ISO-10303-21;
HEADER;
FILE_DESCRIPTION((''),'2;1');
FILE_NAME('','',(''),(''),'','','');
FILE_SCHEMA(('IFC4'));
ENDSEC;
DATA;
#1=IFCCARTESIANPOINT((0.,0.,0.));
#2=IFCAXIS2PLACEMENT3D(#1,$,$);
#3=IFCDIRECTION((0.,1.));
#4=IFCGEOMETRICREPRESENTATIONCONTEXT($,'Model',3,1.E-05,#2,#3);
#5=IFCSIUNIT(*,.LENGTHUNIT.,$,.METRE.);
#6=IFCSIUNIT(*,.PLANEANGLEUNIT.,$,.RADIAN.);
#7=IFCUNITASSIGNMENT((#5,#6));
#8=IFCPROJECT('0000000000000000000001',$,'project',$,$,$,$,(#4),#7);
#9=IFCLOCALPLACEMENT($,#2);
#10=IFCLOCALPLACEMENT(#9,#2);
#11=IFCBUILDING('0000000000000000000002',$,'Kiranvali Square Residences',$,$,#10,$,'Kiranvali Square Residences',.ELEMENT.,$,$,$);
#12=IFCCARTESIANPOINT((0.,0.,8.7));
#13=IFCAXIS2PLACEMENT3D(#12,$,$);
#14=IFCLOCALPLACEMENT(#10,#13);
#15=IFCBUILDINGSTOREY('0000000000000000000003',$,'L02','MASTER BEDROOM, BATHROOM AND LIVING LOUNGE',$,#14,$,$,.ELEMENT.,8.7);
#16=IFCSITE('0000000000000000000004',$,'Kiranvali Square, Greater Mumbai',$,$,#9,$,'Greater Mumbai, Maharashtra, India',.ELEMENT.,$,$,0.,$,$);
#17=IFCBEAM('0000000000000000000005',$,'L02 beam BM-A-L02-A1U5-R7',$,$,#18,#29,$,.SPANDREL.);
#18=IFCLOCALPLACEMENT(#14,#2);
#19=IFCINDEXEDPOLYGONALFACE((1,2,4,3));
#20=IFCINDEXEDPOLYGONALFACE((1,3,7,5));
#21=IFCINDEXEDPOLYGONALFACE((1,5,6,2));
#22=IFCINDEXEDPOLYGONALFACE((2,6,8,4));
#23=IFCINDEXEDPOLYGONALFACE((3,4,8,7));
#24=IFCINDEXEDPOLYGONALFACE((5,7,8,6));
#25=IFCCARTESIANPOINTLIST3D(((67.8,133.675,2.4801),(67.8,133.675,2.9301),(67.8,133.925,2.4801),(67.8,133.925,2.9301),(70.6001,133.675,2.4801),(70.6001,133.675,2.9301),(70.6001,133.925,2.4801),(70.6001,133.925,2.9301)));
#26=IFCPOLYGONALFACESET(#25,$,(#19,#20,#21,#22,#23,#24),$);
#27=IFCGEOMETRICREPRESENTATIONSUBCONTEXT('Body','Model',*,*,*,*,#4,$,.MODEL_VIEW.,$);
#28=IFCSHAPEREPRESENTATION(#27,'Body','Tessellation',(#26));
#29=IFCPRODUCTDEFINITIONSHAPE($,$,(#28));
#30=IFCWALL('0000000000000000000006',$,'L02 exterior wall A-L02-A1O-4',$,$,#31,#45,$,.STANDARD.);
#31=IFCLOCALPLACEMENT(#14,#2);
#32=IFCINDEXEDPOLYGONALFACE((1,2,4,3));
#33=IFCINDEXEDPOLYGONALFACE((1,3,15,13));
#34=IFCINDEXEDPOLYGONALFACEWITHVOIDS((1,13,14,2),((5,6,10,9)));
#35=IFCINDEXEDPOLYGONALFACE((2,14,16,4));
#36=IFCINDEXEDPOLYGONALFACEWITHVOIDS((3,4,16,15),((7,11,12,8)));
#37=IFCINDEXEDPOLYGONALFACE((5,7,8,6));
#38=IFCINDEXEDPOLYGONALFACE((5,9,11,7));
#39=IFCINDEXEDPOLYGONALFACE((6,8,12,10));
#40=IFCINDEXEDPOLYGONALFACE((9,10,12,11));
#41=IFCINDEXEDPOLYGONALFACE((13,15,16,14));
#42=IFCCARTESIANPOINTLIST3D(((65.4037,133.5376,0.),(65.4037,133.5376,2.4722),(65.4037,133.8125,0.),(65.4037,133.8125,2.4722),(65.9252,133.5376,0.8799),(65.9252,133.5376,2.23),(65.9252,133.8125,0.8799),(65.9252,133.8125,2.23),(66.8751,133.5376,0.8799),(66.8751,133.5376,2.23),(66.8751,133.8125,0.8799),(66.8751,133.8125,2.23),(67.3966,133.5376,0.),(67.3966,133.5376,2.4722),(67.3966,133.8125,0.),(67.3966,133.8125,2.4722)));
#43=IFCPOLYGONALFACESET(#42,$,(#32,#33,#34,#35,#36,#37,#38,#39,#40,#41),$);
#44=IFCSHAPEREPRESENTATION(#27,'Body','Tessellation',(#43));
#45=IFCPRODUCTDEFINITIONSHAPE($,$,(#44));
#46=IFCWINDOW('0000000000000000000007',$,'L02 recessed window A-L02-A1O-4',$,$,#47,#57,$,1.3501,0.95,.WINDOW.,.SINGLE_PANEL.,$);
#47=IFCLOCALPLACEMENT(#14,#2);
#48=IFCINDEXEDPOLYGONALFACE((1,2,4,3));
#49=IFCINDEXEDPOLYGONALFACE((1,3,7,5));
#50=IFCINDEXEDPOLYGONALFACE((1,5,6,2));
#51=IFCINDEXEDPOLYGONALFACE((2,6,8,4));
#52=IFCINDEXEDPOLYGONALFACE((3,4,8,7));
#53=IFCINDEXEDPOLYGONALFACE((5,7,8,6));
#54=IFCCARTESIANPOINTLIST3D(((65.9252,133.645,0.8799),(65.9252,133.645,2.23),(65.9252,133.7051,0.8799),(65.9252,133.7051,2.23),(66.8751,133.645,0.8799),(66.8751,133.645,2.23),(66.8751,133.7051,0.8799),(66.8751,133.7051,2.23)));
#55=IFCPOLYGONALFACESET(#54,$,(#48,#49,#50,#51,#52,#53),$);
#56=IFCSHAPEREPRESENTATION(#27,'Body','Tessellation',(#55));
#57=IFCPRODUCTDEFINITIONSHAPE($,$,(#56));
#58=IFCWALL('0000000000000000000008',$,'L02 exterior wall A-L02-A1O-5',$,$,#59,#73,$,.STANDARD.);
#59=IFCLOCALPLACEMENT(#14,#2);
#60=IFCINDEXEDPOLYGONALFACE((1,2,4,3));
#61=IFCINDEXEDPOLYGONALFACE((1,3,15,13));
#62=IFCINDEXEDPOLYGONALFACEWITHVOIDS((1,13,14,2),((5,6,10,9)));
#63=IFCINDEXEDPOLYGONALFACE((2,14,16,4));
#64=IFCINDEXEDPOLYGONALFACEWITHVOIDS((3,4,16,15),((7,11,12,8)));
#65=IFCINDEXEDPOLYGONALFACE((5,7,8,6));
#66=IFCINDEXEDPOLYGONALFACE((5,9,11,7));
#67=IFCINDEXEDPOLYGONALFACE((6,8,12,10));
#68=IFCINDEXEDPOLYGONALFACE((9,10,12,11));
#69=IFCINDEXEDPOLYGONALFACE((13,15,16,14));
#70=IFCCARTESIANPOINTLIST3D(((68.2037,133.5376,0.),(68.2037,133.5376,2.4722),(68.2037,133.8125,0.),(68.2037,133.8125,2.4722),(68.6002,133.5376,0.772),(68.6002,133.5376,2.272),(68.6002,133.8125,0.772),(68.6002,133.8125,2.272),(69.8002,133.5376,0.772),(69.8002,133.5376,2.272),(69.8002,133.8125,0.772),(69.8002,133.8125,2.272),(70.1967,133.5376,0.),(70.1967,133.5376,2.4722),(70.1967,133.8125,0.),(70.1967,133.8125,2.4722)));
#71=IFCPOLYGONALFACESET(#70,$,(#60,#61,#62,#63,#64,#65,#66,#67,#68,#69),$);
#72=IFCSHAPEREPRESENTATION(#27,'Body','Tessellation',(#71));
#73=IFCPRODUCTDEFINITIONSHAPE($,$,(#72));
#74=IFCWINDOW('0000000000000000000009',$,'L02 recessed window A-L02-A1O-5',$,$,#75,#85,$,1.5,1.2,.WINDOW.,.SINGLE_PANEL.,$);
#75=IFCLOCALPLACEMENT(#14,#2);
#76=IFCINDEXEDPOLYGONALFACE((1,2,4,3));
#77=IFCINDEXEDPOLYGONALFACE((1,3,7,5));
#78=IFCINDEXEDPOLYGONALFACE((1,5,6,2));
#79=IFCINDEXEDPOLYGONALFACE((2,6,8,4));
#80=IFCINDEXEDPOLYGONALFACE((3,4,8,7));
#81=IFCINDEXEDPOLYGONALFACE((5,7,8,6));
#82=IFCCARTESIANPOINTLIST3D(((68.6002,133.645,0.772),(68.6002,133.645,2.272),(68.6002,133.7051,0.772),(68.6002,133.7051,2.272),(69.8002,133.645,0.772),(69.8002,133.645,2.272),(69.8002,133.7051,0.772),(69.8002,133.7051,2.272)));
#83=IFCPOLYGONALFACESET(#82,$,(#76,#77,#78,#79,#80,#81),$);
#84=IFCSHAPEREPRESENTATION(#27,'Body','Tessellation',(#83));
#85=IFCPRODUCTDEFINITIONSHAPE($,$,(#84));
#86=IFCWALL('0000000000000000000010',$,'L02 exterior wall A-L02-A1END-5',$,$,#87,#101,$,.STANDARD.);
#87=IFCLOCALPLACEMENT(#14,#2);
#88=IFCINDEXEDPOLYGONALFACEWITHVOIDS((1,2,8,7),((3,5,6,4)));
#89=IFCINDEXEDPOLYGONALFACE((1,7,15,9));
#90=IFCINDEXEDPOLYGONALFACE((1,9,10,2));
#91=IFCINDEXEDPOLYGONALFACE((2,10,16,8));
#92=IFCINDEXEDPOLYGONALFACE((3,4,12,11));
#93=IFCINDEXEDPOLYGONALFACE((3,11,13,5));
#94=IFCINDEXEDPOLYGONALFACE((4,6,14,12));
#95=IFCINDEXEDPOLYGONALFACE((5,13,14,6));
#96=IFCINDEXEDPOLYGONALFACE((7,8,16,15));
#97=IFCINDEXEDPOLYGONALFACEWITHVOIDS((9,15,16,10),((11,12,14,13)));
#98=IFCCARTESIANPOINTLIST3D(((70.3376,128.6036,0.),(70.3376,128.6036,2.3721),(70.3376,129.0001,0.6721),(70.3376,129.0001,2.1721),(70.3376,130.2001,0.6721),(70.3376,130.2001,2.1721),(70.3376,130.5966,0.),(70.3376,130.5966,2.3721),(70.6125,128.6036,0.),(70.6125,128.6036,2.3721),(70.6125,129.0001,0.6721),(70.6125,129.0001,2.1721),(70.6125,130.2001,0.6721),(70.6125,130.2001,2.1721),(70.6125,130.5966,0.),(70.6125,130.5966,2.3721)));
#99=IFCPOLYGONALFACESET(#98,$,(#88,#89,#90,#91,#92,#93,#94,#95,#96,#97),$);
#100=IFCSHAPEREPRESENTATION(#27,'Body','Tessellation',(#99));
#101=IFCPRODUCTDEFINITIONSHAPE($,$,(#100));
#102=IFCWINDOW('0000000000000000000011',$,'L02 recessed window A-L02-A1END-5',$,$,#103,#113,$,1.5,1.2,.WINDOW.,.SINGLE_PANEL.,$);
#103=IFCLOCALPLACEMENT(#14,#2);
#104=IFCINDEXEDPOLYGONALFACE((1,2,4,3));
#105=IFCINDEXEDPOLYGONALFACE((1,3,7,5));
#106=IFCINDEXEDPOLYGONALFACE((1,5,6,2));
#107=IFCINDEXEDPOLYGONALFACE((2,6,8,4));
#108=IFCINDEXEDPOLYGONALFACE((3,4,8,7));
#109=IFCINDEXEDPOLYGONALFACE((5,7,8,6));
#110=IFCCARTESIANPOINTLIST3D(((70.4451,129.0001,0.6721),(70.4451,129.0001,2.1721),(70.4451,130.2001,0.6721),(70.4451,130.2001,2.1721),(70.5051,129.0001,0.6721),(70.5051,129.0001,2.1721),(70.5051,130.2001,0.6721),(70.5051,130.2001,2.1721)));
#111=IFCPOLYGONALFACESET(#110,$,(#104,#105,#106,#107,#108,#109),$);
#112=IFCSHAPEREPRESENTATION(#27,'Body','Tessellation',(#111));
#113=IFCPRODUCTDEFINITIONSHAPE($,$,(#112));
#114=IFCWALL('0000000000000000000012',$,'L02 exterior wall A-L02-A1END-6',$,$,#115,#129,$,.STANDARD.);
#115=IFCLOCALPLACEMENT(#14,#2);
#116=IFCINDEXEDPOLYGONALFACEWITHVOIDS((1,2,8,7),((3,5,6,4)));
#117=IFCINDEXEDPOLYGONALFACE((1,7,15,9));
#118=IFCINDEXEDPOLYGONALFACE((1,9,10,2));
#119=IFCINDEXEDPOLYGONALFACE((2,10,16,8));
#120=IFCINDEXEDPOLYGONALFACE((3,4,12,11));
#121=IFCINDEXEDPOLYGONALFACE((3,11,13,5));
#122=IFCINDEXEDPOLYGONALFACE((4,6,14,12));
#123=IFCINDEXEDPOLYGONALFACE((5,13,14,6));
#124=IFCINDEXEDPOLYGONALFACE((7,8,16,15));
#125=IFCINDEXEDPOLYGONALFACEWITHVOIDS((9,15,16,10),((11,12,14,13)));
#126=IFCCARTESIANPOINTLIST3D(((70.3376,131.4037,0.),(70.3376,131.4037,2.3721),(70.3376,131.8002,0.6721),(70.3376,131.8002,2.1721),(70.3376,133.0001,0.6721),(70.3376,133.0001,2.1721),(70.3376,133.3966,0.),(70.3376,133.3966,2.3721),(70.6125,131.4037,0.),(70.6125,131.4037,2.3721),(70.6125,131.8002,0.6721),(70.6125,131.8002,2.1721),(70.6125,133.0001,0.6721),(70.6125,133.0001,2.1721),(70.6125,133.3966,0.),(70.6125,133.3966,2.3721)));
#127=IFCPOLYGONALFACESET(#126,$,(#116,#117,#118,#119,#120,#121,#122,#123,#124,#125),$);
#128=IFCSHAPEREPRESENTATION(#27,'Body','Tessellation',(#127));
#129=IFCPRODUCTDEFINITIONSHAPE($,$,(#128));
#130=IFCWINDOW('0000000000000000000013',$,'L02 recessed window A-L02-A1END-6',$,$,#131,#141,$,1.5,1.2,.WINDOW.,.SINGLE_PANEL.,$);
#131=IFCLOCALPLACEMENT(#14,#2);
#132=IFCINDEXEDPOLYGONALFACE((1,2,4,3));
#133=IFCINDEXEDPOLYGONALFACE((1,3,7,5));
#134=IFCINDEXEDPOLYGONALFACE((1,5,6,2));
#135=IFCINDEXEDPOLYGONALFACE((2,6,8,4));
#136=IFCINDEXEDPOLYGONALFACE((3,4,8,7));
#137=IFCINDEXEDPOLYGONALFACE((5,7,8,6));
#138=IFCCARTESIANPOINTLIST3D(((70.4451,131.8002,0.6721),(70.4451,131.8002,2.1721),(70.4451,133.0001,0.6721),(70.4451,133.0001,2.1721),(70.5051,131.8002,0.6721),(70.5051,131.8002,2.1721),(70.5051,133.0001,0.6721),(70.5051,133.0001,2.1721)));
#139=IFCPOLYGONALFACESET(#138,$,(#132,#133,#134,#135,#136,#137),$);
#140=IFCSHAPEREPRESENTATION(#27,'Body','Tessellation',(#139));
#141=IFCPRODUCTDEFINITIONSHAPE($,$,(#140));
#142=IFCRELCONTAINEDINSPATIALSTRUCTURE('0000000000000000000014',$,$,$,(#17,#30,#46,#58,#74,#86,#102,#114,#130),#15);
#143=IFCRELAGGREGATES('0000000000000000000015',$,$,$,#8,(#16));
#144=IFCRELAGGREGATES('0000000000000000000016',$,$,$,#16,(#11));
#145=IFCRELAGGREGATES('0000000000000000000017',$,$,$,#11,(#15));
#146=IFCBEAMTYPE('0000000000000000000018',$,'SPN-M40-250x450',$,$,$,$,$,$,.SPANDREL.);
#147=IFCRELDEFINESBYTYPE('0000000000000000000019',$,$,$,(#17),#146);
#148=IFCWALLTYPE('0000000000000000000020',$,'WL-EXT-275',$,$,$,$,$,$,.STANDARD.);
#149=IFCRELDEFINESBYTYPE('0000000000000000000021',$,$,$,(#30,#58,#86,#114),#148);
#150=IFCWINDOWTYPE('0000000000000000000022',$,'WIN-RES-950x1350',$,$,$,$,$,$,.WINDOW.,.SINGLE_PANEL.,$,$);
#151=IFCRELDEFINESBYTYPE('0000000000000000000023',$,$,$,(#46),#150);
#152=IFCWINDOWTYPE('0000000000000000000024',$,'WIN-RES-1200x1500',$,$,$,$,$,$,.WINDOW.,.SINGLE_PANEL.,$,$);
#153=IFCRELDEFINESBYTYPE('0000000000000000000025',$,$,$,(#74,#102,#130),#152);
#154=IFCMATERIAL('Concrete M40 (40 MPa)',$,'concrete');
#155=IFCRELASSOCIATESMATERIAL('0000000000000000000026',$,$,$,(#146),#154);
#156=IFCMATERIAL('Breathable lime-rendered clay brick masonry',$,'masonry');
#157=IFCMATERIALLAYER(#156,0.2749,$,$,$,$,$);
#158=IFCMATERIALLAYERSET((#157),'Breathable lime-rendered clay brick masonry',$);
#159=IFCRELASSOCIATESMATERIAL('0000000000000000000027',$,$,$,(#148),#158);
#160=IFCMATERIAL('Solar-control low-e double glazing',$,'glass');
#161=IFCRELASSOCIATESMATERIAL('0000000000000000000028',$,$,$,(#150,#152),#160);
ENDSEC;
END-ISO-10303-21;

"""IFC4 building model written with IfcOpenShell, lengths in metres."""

from ifc_helpers import new_model, si_unit, direction, frame, frame_2d, origin, origin_2d, place, context, subcontext, project, spatial, rectangle, extrude, material, layer, layer_set, material_profile, profile_set, type_object, element, fill, save


model = new_model("IFC4")

# Units and contexts
model_context = context("Model", 3, precision=1e-05, world=origin(), true_north=direction((0.0, 1.0)))
body_context = subcontext(model_context, "Body", "Model", "MODEL_VIEW")
ifc_project = project(units=[si_unit("LENGTHUNIT", "METRE"), si_unit("PLANEANGLEUNIT", "RADIAN")], contexts=[model_context])

# Site, building, storey
site_placement = place(None, origin())
site = spatial("IfcSite", under=ifc_project, at=site_placement, Name="Kiranvali Square, Greater Mumbai", LongName="Greater Mumbai, Maharashtra, India", CompositionType="ELEMENT", RefElevation=0.0)
building_placement = place(site_placement, origin())
building = spatial("IfcBuilding", under=site, at=building_placement, Name="Kiranvali Square Residences", LongName="Kiranvali Square Residences", CompositionType="ELEMENT")
storey_placement = place(building_placement, frame((0.0, 0.0, 8.7)))
storey = spatial("IfcBuildingStorey", under=building, at=storey_placement, Name="L02", Description="MASTER BEDROOM, BATHROOM AND LIVING LOUNGE", CompositionType="ELEMENT", Elevation=8.7)

# Beam
ifc_material_1 = material(Name="Concrete M40 (40 MPa)", Category="concrete")
ifc_material_profile_1 = material_profile(ifc_material_1, rectangle(XDim=0.25, YDim=0.45, at=origin_2d()), Name="RC 250x450")
ifc_profile_set_1 = profile_set([ifc_material_profile_1], Name="Concrete M40 (40 MPa)")
beam_type_1 = type_object("IfcBeamType", Name="SPN-M40-250x450", PredefinedType="SPANDREL", material=ifc_profile_set_1)
for number, where, z_axis, x_axis, name in (
    (1, (67.8, 133.8, 2.7051), (1.0, 0.0, 0.0), (0.0, 1.0, 0.0), "L02 beam BM-A-L02-A1U5-R7"),
):
    element("IfcBeam", number, at=place(storey_placement, frame(where, z_axis=z_axis, x_axis=x_axis)), inside=storey, type_object=beam_type_1, Name=name, PredefinedType="SPANDREL", context=body_context, shape_type="SweptSolid", body=[
        extrude(rectangle(XDim=0.25, YDim=0.45, at=origin_2d()), origin(), (0.0, 0.0, 1.0), 2.8),
    ])

# Walls, openings, windows
ifc_material_2 = material(Name="Breathable lime-rendered clay brick masonry", Category="masonry")
ifc_layer = layer(ifc_material_2, 0.2749)
ifc_layer_set = layer_set([ifc_layer], Name="Breathable lime-rendered clay brick masonry")
wall_type = type_object("IfcWallType", Name="WL-EXT-275", PredefinedType="STANDARD", material=ifc_layer_set)
wall_1_placement = place(storey_placement, frame((65.4036, 133.675, 0.0), z_axis=(0.0, 0.0, 1.0), x_axis=(1.0, 0.0, 0.0)))
wall_1 = element("IfcWall", 2, at=wall_1_placement, inside=storey, type_object=wall_type, Name="L02 exterior wall A-L02-A1O-4", PredefinedType="STANDARD", context=body_context, shape_type="SweptSolid", body=[
    extrude(rectangle(XDim=1.9929, YDim=0.2749, at=frame_2d((0.9966, 0.0))), origin(), (0.0, 0.0, 1.0), 2.4722),
])
opening_1_placement = place(wall_1_placement, frame((0.5215, 0.0, 0.8799)))
opening_1 = element("IfcOpeningElement", 3, at=opening_1_placement, cuts=wall_1, PredefinedType="OPENING", context=body_context, shape_type="SweptSolid", body=[
    extrude(rectangle(XDim=0.95, YDim=1.3501, at=frame_2d((0.4751, 0.675))), frame((0.0, 0.1475, 0.0), z_axis=(0.0, -1.0, 0.0), x_axis=(1.0, 0.0, 0.0)), (0.0, 0.0, 1.0), 0.2949),
])
ifc_material_3 = material(Name="Solar-control low-e double glazing", Category="glass")
window_type_1 = type_object("IfcWindowType", Name="WIN-RES-950x1350", PartitioningType="SINGLE_PANEL", PredefinedType="WINDOW", material=ifc_material_3)
window_1_placement = place(opening_1_placement, origin())
window_1 = element("IfcWindow", 4, at=window_1_placement, inside=storey, type_object=window_type_1, Name="L02 recessed window A-L02-A1O-4", OverallHeight=1.3501, OverallWidth=0.95, PartitioningType="SINGLE_PANEL", PredefinedType="WINDOW", context=body_context, shape_type="SweptSolid", body=[
    extrude(rectangle(XDim=0.95, YDim=1.3501, at=frame_2d((0.4751, 0.675))), frame((0.0, 0.03, 0.0), z_axis=(0.0, -1.0, 0.0), x_axis=(1.0, 0.0, 0.0)), (0.0, 0.0, 1.0), 0.0601),
])
fill(opening_1, window_1)
wall_2_placement = place(storey_placement, frame((68.2036, 133.675, 0.0), z_axis=(0.0, 0.0, 1.0), x_axis=(1.0, 0.0, 0.0)))
wall_2 = element("IfcWall", 5, at=wall_2_placement, inside=storey, type_object=wall_type, Name="L02 exterior wall A-L02-A1O-5", PredefinedType="STANDARD", context=body_context, shape_type="SweptSolid", body=[
    extrude(rectangle(XDim=1.9929, YDim=0.2749, at=frame_2d((0.9966, 0.0))), origin(), (0.0, 0.0, 1.0), 2.4722),
])
opening_2_placement = place(wall_2_placement, frame((0.3965, 0.0, 0.772)))
opening_2 = element("IfcOpeningElement", 6, at=opening_2_placement, cuts=wall_2, PredefinedType="OPENING", context=body_context, shape_type="SweptSolid", body=[
    extrude(rectangle(XDim=1.2, YDim=1.5, at=frame_2d((0.6001, 0.75))), frame((0.0, 0.1475, 0.0), z_axis=(0.0, -1.0, 0.0), x_axis=(1.0, 0.0, 0.0)), (0.0, 0.0, 1.0), 0.2949),
])
window_type_2 = type_object("IfcWindowType", Name="WIN-RES-1200x1500", PartitioningType="SINGLE_PANEL", PredefinedType="WINDOW", material=ifc_material_3)
window_2_placement = place(opening_2_placement, origin())
window_2 = element("IfcWindow", 7, at=window_2_placement, inside=storey, type_object=window_type_2, Name="L02 recessed window A-L02-A1O-5", OverallHeight=1.5, OverallWidth=1.2, PartitioningType="SINGLE_PANEL", PredefinedType="WINDOW", context=body_context, shape_type="SweptSolid", body=[
    extrude(rectangle(XDim=1.2, YDim=1.5, at=frame_2d((0.6001, 0.75))), frame((0.0, 0.03, 0.0), z_axis=(0.0, -1.0, 0.0), x_axis=(1.0, 0.0, 0.0)), (0.0, 0.0, 1.0), 0.0601),
])
fill(opening_2, window_2)
wall_3_placement = place(storey_placement, frame((70.4751, 128.6035, 0.0), z_axis=(0.0, 0.0, 1.0), x_axis=(0.0, 1.0, 0.0)))
wall_3 = element("IfcWall", 8, at=wall_3_placement, inside=storey, type_object=wall_type, Name="L02 exterior wall A-L02-A1END-5", PredefinedType="STANDARD", context=body_context, shape_type="SweptSolid", body=[
    extrude(rectangle(XDim=1.9929, YDim=0.2749, at=frame_2d((0.9966, 0.0))), origin(), (0.0, 0.0, 1.0), 2.3721),
])
opening_3_placement = place(wall_3_placement, frame((0.3965, 0.0, 0.6721)))
opening_3 = element("IfcOpeningElement", 9, at=opening_3_placement, cuts=wall_3, PredefinedType="OPENING", context=body_context, shape_type="SweptSolid", body=[
    extrude(rectangle(XDim=1.2, YDim=1.5, at=frame_2d((0.6001, 0.75))), frame((0.0, 0.1475, 0.0), z_axis=(0.0, -1.0, 0.0), x_axis=(1.0, 0.0, 0.0)), (0.0, 0.0, 1.0), 0.2949),
])
window_3_placement = place(opening_3_placement, origin())
window_3 = element("IfcWindow", 10, at=window_3_placement, inside=storey, type_object=window_type_2, Name="L02 recessed window A-L02-A1END-5", OverallHeight=1.5, OverallWidth=1.2, PartitioningType="SINGLE_PANEL", PredefinedType="WINDOW", context=body_context, shape_type="SweptSolid", body=[
    extrude(rectangle(XDim=1.2, YDim=1.5, at=frame_2d((0.6001, 0.75))), frame((0.0, 0.03, 0.0), z_axis=(0.0, -1.0, 0.0), x_axis=(1.0, 0.0, 0.0)), (0.0, 0.0, 1.0), 0.0601),
])
fill(opening_3, window_3)
wall_4_placement = place(storey_placement, frame((70.4751, 131.4036, 0.0), z_axis=(0.0, 0.0, 1.0), x_axis=(0.0, 1.0, 0.0)))
wall_4 = element("IfcWall", 11, at=wall_4_placement, inside=storey, type_object=wall_type, Name="L02 exterior wall A-L02-A1END-6", PredefinedType="STANDARD", context=body_context, shape_type="SweptSolid", body=[
    extrude(rectangle(XDim=1.9929, YDim=0.2749, at=frame_2d((0.9966, 0.0))), origin(), (0.0, 0.0, 1.0), 2.3721),
])
opening_4_placement = place(wall_4_placement, frame((0.3965, 0.0, 0.6721)))
opening_4 = element("IfcOpeningElement", 12, at=opening_4_placement, cuts=wall_4, PredefinedType="OPENING", context=body_context, shape_type="SweptSolid", body=[
    extrude(rectangle(XDim=1.2, YDim=1.5, at=frame_2d((0.6001, 0.75))), frame((0.0, 0.1475, 0.0), z_axis=(0.0, -1.0, 0.0), x_axis=(1.0, 0.0, 0.0)), (0.0, 0.0, 1.0), 0.2949),
])
window_4_placement = place(opening_4_placement, origin())
window_4 = element("IfcWindow", 13, at=window_4_placement, inside=storey, type_object=window_type_2, Name="L02 recessed window A-L02-A1END-6", OverallHeight=1.5, OverallWidth=1.2, PartitioningType="SINGLE_PANEL", PredefinedType="WINDOW", context=body_context, shape_type="SweptSolid", body=[
    extrude(rectangle(XDim=1.2, YDim=1.5, at=frame_2d((0.6001, 0.75))), frame((0.0, 0.03, 0.0), z_axis=(0.0, -1.0, 0.0), x_axis=(1.0, 0.0, 0.0)), (0.0, 0.0, 1.0), 0.0601),
])
fill(opening_4, window_4)

save(model, "model.ifc")
